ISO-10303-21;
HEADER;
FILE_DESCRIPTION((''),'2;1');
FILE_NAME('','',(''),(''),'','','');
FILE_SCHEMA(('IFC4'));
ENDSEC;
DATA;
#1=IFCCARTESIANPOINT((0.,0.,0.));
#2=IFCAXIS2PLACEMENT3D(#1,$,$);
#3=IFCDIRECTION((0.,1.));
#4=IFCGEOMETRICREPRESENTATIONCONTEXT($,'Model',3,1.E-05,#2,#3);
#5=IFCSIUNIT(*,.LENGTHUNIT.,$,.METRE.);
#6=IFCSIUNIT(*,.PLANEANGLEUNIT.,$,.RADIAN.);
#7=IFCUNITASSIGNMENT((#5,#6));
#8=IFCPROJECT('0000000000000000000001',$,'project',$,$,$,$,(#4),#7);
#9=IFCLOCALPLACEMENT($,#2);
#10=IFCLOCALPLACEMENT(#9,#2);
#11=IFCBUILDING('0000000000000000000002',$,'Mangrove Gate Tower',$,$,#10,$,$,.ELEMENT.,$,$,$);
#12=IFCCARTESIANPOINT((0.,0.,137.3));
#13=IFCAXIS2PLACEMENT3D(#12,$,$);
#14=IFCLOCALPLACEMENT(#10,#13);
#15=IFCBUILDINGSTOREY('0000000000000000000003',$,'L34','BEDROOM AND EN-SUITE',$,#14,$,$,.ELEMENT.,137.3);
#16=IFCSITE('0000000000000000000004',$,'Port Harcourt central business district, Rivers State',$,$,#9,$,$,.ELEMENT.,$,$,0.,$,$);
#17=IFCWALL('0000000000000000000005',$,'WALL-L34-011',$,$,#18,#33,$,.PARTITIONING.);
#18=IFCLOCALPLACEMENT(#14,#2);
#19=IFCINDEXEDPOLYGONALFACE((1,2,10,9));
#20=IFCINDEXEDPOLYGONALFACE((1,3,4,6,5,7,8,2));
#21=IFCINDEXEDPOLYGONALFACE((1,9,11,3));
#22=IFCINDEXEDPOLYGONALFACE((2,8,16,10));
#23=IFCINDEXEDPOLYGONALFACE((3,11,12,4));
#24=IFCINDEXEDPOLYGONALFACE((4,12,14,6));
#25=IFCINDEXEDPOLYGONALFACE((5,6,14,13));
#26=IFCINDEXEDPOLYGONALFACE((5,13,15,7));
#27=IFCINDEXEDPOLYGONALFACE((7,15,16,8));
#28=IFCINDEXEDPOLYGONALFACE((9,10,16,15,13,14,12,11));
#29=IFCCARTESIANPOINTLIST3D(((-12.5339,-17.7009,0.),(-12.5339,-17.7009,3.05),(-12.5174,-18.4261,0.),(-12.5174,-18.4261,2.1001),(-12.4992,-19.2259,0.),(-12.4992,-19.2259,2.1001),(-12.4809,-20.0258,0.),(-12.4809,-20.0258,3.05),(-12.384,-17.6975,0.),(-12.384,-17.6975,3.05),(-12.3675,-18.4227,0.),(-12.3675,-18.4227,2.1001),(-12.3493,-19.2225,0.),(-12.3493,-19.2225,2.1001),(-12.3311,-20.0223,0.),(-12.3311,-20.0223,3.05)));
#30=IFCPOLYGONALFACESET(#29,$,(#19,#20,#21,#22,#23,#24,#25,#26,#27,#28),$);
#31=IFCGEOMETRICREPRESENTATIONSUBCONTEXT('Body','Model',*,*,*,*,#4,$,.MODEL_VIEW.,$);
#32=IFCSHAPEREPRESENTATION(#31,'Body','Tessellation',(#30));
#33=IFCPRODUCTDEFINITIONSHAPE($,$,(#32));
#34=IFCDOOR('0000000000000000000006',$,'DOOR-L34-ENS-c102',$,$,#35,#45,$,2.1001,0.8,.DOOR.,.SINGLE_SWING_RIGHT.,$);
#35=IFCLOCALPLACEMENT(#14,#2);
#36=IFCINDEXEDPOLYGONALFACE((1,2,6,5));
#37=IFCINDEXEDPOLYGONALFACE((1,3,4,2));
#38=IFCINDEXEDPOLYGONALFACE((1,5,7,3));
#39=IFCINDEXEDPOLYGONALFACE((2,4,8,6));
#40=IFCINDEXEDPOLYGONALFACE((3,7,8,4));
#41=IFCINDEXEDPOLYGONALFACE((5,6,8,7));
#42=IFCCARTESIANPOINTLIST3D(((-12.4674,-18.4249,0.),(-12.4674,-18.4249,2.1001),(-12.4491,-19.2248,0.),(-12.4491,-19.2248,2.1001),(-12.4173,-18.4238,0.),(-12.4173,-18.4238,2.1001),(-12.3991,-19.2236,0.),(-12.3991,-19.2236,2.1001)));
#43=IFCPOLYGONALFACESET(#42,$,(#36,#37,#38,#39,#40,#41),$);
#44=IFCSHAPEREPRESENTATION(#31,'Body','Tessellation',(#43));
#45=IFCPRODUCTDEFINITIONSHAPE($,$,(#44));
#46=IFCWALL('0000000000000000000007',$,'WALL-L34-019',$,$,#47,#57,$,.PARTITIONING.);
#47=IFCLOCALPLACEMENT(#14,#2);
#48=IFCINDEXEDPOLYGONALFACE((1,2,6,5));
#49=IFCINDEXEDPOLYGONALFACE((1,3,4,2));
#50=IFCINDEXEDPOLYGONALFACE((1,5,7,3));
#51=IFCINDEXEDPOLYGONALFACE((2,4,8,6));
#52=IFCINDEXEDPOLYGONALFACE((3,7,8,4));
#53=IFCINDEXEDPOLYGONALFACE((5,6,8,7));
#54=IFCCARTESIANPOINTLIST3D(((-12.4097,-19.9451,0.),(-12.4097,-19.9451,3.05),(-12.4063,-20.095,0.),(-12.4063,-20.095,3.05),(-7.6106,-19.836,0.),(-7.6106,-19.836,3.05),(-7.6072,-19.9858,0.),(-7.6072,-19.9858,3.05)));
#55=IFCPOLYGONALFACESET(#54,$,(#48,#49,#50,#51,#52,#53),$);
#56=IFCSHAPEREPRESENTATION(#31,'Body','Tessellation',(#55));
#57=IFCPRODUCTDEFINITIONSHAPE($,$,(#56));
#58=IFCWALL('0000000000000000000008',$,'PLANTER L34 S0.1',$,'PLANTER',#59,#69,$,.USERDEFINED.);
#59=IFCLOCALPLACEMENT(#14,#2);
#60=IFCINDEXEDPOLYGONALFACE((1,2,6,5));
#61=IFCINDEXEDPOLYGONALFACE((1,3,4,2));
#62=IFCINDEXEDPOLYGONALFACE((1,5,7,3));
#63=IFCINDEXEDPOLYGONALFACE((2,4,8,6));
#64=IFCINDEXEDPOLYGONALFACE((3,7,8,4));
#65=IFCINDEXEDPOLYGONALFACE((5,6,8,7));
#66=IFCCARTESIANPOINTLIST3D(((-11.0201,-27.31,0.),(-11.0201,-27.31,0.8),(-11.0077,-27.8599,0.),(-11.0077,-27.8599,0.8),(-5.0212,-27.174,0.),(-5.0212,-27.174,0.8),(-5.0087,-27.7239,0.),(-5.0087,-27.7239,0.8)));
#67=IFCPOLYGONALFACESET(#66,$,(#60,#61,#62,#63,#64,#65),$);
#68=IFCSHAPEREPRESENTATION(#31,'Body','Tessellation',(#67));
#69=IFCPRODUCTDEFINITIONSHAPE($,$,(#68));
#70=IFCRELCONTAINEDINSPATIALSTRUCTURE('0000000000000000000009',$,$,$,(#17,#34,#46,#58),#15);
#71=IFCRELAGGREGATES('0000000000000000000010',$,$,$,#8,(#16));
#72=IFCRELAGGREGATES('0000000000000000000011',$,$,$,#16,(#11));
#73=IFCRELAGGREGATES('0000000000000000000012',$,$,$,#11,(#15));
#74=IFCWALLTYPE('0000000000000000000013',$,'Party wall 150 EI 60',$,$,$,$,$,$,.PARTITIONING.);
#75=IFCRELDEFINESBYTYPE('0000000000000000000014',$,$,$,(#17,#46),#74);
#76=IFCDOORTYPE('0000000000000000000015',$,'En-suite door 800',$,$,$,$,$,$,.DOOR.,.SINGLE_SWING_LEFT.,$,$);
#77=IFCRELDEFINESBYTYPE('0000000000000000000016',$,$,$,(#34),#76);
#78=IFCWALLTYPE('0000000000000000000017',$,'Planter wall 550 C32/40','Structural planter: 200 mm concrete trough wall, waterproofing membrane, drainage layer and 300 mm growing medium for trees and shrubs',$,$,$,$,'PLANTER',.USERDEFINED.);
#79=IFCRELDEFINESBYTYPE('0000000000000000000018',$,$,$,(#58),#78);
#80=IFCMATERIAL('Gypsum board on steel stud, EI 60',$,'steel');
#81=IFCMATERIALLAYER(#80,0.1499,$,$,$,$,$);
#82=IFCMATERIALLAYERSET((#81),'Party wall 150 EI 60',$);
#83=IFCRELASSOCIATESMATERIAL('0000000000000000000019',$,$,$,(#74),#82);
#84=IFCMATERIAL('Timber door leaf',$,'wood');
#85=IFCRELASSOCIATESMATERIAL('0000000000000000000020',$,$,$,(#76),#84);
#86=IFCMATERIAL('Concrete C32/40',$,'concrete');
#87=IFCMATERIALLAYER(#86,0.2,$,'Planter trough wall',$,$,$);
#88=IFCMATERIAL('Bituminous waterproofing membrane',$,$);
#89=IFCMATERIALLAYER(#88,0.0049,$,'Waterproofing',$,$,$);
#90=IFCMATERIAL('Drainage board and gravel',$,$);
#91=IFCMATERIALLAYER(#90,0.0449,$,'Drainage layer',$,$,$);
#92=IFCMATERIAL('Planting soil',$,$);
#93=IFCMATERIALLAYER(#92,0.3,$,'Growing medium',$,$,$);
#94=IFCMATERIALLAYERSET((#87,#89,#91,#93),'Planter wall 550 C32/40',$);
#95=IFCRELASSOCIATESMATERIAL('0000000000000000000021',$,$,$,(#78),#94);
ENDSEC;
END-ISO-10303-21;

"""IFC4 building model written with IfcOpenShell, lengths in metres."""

from ifc_helpers import new_model, si_unit, direction, frame, frame_2d, origin, place, context, subcontext, project, spatial, rectangle, extrude, material, layer, layer_set, type_object, element, fill, save


model = new_model("IFC4")

# Units and contexts
model_context = context("Model", 3, precision=1e-05, world=origin(), true_north=direction((0.0, 1.0)))
body_context = subcontext(model_context, "Body", "Model", "MODEL_VIEW")
ifc_project = project(units=[si_unit("LENGTHUNIT", "METRE"), si_unit("PLANEANGLEUNIT", "RADIAN")], contexts=[model_context])

# Site, building, storey
site_placement = place(None, origin())
site = spatial("IfcSite", under=ifc_project, at=site_placement, Name="Port Harcourt central business district, Rivers State", CompositionType="ELEMENT", RefElevation=0.0)
building_placement = place(site_placement, origin())
building = spatial("IfcBuilding", under=site, at=building_placement, Name="Mangrove Gate Tower", CompositionType="ELEMENT")
storey_placement = place(building_placement, frame((0.0, 0.0, 137.3)))
storey = spatial("IfcBuildingStorey", under=building, at=storey_placement, Name="L34", Description="BEDROOM AND EN-SUITE", CompositionType="ELEMENT", Elevation=137.3)

# Shared definitions
ifc_material_1 = material(Name="Gypsum board on steel stud, EI 60", Category="steel")
ifc_layer_1 = layer(ifc_material_1, 0.1499)
ifc_layer_set_1 = layer_set([ifc_layer_1], Name="Party wall 150 EI 60")
wall_type_1 = type_object("IfcWallType", Name="Party wall 150 EI 60", PredefinedType="PARTITIONING", material=ifc_layer_set_1)

# Wall, opening, door
ifc_material_2 = material(Name="Timber door leaf", Category="wood")
door_type = type_object("IfcDoorType", Name="En-suite door 800", OperationType="SINGLE_SWING_LEFT", PredefinedType="DOOR", material=ifc_material_2)
wall_1_placement = place(storey_placement, frame((-12.406, -20.0239, 0.0), z_axis=(0.0, 0.0, 1.0), x_axis=(-0.022781, 0.99974, 0.0)))
wall_1 = element("IfcWall", 1, at=wall_1_placement, inside=storey, type_object=wall_type_1, Name="WALL-L34-011", PredefinedType="PARTITIONING", context=body_context, shape_type="SweptSolid", body=[
    extrude(rectangle(XDim=2.3254, YDim=0.1499, at=frame_2d((1.1626, 0.0))), origin(), (0.0, 0.0, 1.0), 3.05),
])
opening_1_placement = place(wall_1_placement, frame((0.8, 0.0, 0.0)))
opening_1 = element("IfcOpeningElement", 2, at=opening_1_placement, cuts=wall_1, PredefinedType="OPENING", context=body_context, shape_type="SweptSolid", body=[
    extrude(rectangle(XDim=0.8, YDim=2.1001, at=frame_2d((0.3999, 1.05))), frame((0.0, 0.085, 0.0), z_axis=(0.0, -1.0, 0.0), x_axis=(1.0, 0.0, 0.0)), (0.0, 0.0, 1.0), 0.1699),
])
door_1_placement = place(opening_1_placement, origin())
door_1 = element("IfcDoor", 3, at=door_1_placement, inside=storey, type_object=door_type, Name="DOOR-L34-ENS-c102", OperationType="SINGLE_SWING_RIGHT", OverallHeight=2.1001, OverallWidth=0.8, PredefinedType="DOOR", context=body_context, shape_type="SweptSolid", body=[
    extrude(rectangle(XDim=0.8, YDim=2.1001, at=frame_2d((0.3999, 1.05))), frame((0.0, 0.0249, 0.0), z_axis=(0.0, -1.0, 0.0), x_axis=(1.0, 0.0, 0.0)), (0.0, 0.0, 1.0), 0.05),
])
fill(opening_1, door_1)

# Walls
wall_2_placement = place(storey_placement, frame((-12.408, -20.02, 0.0), z_axis=(0.0, 0.0, 1.0), x_axis=(0.999742, 0.022734, 0.0)))
element("IfcWall", 4, at=wall_2_placement, inside=storey, type_object=wall_type_1, Name="WALL-L34-019", PredefinedType="PARTITIONING", context=body_context, shape_type="SweptSolid", body=[
    extrude(rectangle(XDim=4.8003, YDim=0.1499, at=frame_2d((2.4001, 0.0))), origin(), (0.0, 0.0, 1.0), 3.05),
])
ifc_material_3 = material(Name="Concrete C32/40", Category="concrete")
ifc_layer_2 = layer(ifc_material_3, 0.2, Name="Planter trough wall")
ifc_material_4 = material(Name="Bituminous waterproofing membrane")
ifc_layer_3 = layer(ifc_material_4, 0.0049, Name="Waterproofing")
ifc_material_5 = material(Name="Drainage board and gravel")
ifc_layer_4 = layer(ifc_material_5, 0.0449, Name="Drainage layer")
ifc_material_6 = material(Name="Planting soil")
ifc_layer_5 = layer(ifc_material_6, 0.3, Name="Growing medium")
ifc_layer_set_2 = layer_set([ifc_layer_2, ifc_layer_3, ifc_layer_4, ifc_layer_5], Name="Planter wall 550 C32/40")
wall_type_2 = type_object("IfcWallType", Name="Planter wall 550 C32/40", Description="Structural planter: 200 mm concrete trough wall, waterproofing membrane, drainage layer and 300 mm growing medium for trees and shrubs", ElementType="PLANTER", PredefinedType="USERDEFINED", material=ifc_layer_set_2)
wall_3_placement = place(storey_placement, frame((-11.0139, -27.585, 0.0), z_axis=(0.0, 0.0, 1.0), x_axis=(0.999743, 0.022662, 0.0)))
element("IfcWall", 5, at=wall_3_placement, inside=storey, type_object=wall_type_2, Name="PLANTER L34 S0.1", ObjectType="PLANTER", PredefinedType="USERDEFINED", context=body_context, shape_type="SweptSolid", body=[
    extrude(rectangle(XDim=6.0005, YDim=0.55, at=frame_2d((3.0002, 0.0))), origin(), (0.0, 0.0, 1.0), 0.8),
])

save(model, "model.ifc")
